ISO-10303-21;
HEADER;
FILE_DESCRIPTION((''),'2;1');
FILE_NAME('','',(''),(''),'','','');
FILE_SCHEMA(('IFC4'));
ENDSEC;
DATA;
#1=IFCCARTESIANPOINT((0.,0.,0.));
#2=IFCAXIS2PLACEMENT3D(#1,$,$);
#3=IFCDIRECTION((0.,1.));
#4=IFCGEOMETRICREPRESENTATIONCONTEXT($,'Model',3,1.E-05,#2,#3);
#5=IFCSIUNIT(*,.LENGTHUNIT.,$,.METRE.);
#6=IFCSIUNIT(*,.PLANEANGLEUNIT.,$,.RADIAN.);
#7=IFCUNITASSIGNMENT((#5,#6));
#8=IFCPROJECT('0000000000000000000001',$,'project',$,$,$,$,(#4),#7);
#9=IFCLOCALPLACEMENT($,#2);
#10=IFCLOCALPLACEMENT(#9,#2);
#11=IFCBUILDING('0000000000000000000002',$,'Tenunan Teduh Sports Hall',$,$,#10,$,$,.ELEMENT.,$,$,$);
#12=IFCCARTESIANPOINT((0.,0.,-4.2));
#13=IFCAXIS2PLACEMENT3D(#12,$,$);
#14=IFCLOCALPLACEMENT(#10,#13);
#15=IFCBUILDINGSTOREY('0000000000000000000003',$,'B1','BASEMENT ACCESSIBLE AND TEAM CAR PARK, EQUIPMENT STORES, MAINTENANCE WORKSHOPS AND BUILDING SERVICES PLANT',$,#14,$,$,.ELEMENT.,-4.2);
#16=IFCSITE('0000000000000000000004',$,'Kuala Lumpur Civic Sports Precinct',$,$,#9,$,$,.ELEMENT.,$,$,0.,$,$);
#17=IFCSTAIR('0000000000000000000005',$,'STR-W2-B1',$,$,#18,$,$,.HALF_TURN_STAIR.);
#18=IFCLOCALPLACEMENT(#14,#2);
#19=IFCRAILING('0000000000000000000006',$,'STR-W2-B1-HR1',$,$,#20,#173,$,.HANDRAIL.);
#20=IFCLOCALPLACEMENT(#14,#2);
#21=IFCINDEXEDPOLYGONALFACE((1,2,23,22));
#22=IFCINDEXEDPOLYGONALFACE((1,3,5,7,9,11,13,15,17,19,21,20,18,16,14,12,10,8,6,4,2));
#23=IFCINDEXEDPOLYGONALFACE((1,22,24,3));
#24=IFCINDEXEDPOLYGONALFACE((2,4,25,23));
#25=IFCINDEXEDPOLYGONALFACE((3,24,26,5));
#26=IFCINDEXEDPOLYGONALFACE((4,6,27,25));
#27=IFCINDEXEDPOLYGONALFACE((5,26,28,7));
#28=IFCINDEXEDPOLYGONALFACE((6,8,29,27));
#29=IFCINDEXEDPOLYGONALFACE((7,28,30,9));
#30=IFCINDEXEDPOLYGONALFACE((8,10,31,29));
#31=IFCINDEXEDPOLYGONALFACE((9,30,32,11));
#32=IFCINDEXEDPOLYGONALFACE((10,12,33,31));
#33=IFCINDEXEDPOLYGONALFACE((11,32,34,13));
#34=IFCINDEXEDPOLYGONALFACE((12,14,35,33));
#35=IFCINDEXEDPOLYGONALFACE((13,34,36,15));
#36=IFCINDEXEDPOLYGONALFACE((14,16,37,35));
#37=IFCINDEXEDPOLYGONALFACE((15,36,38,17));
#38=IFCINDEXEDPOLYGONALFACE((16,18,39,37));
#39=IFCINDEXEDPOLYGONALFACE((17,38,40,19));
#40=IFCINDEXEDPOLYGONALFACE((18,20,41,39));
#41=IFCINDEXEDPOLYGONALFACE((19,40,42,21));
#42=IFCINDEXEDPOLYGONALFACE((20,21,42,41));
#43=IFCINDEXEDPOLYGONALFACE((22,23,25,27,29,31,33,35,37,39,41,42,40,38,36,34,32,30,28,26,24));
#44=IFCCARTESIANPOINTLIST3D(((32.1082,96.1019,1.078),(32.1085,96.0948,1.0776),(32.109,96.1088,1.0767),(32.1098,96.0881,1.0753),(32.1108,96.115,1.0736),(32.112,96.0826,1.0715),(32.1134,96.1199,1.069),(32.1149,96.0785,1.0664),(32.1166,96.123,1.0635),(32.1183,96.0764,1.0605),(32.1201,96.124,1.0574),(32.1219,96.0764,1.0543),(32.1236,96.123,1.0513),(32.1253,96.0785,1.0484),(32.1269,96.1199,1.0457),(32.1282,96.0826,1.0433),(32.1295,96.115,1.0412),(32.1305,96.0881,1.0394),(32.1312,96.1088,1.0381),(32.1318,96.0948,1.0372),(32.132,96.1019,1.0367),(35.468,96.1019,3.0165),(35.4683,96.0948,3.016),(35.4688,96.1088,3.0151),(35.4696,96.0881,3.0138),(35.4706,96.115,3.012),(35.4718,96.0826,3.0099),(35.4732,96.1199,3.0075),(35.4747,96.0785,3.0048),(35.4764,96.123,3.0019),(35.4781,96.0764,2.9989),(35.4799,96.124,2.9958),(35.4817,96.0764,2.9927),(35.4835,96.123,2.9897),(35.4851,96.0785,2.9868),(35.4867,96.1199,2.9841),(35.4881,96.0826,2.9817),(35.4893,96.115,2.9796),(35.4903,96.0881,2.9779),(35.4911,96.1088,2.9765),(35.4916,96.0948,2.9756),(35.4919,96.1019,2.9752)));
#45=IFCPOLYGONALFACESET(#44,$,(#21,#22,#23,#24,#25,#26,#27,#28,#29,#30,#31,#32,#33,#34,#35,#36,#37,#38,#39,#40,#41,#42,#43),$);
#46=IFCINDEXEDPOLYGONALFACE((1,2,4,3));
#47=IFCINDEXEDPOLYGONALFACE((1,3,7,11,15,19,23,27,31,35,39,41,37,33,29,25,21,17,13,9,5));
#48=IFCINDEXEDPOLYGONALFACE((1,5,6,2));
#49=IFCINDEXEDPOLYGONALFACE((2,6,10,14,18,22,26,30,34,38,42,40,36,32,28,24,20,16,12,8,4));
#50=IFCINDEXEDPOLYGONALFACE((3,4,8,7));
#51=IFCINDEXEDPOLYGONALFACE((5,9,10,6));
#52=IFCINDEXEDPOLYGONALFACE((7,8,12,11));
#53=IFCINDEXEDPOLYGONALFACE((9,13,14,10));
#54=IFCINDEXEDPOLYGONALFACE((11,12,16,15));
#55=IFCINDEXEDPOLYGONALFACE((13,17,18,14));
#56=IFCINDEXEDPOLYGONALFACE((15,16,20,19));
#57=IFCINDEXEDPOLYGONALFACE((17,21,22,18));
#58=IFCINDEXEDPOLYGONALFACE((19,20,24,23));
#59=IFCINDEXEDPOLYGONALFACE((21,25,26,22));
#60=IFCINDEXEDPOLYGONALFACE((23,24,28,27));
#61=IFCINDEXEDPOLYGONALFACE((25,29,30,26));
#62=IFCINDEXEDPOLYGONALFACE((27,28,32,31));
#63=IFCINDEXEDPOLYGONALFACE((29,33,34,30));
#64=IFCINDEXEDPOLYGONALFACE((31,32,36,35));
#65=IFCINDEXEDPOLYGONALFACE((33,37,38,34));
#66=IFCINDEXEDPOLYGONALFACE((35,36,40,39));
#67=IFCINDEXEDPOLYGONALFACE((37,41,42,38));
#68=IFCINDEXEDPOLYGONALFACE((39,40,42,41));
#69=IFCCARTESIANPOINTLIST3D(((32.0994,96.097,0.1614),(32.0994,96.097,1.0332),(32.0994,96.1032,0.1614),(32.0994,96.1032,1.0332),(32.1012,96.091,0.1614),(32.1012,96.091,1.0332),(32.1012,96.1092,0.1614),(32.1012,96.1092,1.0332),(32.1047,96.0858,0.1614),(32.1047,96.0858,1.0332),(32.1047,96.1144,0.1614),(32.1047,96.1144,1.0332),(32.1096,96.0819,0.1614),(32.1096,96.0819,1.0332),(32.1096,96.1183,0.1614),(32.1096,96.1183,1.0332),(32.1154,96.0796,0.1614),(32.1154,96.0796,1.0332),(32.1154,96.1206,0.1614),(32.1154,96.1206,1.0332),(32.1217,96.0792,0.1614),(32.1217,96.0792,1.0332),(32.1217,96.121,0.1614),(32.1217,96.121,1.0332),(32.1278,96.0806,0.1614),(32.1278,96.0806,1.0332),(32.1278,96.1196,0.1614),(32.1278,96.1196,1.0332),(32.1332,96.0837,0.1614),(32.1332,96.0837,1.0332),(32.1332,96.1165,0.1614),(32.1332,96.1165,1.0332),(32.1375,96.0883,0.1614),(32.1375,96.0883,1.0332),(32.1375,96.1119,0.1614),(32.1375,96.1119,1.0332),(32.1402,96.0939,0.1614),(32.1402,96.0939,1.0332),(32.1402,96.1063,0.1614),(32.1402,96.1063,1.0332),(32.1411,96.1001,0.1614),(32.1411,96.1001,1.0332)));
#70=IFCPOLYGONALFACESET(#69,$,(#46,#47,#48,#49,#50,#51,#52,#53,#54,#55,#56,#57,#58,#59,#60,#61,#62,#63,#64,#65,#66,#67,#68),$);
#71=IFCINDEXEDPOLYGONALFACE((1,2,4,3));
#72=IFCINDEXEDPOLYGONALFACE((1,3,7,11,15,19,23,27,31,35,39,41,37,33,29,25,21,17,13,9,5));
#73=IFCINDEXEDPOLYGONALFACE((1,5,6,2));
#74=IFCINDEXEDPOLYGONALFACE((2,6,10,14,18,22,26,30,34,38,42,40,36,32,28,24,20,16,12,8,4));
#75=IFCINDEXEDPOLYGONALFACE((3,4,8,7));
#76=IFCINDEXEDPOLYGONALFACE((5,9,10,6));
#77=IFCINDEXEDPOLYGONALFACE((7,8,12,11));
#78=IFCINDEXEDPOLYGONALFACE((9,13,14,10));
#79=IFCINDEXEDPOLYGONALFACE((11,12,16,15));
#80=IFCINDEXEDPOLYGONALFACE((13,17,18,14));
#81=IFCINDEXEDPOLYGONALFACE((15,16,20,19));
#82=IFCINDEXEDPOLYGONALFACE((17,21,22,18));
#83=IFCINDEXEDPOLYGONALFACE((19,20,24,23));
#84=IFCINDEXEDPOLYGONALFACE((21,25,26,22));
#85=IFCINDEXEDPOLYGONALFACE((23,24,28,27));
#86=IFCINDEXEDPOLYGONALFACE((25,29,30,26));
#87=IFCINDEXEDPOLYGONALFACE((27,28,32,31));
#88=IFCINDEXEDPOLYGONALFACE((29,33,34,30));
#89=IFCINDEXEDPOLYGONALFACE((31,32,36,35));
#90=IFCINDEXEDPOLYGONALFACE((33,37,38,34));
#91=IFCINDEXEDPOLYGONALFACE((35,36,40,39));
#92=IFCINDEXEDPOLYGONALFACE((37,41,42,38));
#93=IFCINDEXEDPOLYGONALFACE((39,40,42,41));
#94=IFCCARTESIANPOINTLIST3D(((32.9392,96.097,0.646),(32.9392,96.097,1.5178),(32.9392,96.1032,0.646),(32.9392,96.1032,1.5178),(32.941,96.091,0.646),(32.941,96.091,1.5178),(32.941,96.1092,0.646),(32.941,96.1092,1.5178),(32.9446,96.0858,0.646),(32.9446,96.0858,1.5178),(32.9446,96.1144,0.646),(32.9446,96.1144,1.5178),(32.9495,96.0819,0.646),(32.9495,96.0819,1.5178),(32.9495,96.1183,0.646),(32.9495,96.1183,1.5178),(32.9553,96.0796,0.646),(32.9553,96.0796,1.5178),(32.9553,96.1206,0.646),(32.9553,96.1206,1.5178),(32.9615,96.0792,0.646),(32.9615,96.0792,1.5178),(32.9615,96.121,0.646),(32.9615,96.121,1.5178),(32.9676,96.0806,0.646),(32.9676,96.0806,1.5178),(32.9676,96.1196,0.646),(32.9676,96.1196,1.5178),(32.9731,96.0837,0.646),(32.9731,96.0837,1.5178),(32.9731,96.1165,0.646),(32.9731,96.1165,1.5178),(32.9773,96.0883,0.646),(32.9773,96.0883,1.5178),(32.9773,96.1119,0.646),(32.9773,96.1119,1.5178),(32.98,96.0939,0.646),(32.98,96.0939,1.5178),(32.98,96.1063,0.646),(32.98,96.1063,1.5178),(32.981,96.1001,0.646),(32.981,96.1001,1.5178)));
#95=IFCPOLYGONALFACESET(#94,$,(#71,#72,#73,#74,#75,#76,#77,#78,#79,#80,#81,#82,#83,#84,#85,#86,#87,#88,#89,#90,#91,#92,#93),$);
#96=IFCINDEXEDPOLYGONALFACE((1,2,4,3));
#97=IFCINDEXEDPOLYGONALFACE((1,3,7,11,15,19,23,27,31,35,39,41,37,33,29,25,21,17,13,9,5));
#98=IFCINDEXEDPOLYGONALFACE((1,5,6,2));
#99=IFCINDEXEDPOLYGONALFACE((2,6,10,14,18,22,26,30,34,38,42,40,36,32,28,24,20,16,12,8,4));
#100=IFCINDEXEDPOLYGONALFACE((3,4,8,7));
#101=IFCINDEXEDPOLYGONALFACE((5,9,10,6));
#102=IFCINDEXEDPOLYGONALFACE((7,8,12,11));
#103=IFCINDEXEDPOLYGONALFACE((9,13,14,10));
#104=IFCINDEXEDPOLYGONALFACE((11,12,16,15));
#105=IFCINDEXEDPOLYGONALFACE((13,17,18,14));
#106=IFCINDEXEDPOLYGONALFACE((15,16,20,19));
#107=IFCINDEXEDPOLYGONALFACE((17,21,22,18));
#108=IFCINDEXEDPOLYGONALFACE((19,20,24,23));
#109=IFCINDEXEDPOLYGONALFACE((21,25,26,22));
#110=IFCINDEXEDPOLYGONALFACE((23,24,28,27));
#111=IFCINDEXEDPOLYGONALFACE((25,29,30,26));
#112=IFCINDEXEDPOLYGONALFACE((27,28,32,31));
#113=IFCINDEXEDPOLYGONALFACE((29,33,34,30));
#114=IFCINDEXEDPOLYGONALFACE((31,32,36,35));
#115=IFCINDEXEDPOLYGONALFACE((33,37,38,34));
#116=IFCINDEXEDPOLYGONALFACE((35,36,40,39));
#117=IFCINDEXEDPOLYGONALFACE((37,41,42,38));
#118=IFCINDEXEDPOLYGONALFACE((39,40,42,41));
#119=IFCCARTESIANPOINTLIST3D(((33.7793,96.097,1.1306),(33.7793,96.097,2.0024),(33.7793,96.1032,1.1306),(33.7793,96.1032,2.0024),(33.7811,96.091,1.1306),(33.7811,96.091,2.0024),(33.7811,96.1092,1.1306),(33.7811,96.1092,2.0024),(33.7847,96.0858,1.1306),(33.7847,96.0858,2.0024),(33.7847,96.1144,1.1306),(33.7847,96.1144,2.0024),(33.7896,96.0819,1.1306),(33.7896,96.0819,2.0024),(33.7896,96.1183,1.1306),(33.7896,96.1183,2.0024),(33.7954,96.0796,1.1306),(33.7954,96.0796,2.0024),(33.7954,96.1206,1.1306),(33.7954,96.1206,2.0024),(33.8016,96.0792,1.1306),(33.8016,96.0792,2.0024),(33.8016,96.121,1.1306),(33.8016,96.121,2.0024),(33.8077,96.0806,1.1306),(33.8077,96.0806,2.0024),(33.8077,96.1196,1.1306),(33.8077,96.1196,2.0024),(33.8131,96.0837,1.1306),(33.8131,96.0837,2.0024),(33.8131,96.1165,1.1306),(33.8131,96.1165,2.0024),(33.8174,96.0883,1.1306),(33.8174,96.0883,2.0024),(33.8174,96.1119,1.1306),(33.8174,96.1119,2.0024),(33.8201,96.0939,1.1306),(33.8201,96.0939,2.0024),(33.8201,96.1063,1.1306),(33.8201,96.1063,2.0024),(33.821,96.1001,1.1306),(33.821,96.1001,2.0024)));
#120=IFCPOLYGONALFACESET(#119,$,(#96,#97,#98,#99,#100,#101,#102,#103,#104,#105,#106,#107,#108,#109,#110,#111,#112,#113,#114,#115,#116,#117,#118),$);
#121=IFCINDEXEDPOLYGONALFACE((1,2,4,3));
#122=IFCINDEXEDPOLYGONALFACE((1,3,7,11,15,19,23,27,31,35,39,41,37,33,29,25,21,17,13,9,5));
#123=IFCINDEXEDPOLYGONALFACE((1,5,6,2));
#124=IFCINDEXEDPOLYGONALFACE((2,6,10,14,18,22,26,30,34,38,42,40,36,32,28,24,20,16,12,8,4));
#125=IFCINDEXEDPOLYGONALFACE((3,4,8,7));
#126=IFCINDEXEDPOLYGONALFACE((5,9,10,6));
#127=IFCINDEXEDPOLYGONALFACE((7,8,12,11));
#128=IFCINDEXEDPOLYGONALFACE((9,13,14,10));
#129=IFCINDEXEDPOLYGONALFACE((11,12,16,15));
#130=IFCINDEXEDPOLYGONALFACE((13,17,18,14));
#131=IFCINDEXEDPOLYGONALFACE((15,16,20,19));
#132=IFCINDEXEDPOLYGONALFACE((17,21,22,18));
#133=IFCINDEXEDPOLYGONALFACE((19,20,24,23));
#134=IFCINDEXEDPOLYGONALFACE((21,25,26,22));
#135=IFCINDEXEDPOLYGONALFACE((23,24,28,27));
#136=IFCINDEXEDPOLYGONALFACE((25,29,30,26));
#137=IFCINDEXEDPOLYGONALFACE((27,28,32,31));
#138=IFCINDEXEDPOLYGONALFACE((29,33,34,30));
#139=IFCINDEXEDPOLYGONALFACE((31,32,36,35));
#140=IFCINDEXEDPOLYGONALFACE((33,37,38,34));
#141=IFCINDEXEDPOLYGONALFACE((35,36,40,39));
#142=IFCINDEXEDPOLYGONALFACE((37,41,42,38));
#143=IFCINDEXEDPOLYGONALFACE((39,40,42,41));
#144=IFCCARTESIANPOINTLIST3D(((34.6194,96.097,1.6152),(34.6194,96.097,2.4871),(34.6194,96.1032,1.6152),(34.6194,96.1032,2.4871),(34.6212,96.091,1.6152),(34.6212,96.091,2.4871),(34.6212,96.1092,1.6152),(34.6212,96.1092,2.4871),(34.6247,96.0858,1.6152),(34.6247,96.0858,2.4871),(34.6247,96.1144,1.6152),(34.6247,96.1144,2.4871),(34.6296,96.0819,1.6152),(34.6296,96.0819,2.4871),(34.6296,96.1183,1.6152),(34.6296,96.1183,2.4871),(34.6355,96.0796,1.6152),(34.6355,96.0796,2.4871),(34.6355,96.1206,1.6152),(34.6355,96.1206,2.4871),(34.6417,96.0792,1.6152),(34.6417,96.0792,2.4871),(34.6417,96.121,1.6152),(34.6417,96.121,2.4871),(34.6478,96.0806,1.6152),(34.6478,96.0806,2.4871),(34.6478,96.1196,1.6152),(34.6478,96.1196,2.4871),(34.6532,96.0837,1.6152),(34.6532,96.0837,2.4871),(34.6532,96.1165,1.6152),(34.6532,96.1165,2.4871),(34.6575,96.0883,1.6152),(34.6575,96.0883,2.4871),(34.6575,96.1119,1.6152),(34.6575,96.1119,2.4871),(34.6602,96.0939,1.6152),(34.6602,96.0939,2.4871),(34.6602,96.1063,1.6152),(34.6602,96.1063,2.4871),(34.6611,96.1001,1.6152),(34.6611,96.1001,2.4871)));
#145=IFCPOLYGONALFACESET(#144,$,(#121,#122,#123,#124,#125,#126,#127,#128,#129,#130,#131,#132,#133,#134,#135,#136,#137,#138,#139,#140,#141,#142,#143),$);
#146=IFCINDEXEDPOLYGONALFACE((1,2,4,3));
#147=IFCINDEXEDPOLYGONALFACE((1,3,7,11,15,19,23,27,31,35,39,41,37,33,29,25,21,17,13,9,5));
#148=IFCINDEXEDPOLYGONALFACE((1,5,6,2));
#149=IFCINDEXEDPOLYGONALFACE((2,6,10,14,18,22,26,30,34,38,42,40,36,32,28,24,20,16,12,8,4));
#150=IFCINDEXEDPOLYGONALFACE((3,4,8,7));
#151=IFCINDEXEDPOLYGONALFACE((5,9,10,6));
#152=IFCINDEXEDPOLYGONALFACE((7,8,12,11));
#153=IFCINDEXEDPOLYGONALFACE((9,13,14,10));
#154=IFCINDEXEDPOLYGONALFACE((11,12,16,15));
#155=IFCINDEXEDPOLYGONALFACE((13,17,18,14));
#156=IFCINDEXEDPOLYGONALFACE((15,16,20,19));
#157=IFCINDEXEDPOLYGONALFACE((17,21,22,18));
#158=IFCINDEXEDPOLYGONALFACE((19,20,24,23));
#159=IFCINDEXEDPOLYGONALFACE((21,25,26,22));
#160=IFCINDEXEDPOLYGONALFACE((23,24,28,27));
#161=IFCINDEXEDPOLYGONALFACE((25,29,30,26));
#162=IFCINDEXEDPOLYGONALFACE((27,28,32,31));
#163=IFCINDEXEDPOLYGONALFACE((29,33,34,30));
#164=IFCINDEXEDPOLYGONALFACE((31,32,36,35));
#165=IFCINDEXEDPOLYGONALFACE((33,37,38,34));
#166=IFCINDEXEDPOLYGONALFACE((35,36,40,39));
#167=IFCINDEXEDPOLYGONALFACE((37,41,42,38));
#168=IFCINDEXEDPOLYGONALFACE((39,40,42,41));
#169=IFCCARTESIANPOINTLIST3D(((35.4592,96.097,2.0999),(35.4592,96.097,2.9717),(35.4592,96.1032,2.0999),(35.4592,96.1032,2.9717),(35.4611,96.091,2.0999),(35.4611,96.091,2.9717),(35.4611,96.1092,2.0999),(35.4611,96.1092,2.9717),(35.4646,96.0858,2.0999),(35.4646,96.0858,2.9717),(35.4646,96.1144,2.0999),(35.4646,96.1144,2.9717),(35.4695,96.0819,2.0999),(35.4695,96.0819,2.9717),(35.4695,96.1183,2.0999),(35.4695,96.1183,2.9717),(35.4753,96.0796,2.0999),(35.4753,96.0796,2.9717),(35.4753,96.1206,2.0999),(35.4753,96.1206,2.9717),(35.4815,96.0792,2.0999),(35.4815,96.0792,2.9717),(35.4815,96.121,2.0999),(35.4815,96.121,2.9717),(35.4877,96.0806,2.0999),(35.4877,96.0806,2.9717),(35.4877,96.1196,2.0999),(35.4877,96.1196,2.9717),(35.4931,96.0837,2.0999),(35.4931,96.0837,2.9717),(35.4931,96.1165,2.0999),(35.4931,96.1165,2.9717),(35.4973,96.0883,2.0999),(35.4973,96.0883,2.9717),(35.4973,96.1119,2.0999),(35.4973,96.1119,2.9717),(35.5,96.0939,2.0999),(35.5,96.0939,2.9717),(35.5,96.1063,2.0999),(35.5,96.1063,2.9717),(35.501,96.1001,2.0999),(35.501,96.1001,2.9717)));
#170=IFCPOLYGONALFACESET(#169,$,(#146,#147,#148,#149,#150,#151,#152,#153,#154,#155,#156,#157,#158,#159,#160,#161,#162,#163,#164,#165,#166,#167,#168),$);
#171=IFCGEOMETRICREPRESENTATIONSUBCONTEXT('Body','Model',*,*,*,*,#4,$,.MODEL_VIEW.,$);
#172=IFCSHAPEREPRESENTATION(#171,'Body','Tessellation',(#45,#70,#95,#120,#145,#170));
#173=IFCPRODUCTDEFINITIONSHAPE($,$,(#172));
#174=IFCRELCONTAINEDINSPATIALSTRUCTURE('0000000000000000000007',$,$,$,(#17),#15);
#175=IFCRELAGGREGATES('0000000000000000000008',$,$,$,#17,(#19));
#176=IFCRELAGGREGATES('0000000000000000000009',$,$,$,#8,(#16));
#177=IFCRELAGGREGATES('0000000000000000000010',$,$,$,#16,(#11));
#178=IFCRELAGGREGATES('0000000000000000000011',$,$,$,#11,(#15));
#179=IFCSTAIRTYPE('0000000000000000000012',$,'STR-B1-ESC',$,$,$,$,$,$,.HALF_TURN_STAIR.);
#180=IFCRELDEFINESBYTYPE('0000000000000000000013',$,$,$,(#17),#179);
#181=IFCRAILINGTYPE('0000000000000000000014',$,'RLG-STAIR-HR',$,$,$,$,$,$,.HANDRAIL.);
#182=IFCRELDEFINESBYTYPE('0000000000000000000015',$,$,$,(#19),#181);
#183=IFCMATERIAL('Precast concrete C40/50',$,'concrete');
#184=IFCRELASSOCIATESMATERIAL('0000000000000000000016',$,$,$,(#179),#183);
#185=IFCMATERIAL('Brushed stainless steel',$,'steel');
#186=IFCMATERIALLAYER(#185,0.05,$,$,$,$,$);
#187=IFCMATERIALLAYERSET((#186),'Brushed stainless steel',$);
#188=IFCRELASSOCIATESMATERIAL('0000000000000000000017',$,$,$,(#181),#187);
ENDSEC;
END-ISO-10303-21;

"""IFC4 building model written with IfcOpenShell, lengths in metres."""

from ifc_helpers import new_model, si_unit, direction, frame, origin, origin_2d, place, context, subcontext, project, spatial, circle, extrude, material, layer, layer_set, type_object, element, aggregate, save


model = new_model("IFC4")

# Units and contexts
model_context = context("Model", 3, precision=1e-05, world=origin(), true_north=direction((0.0, 1.0)))
body_context = subcontext(model_context, "Body", "Model", "MODEL_VIEW")
ifc_project = project(units=[si_unit("LENGTHUNIT", "METRE"), si_unit("PLANEANGLEUNIT", "RADIAN")], contexts=[model_context])

# Site, building, storey
site_placement = place(None, origin())
site = spatial("IfcSite", under=ifc_project, at=site_placement, Name="Kuala Lumpur Civic Sports Precinct", CompositionType="ELEMENT", RefElevation=0.0)
building_placement = place(site_placement, origin())
building = spatial("IfcBuilding", under=site, at=building_placement, Name="Tenunan Teduh Sports Hall", CompositionType="ELEMENT")
storey_placement = place(building_placement, frame((0.0, 0.0, -4.2)))
storey = spatial("IfcBuildingStorey", under=building, at=storey_placement, Name="B1", Description="BASEMENT ACCESSIBLE AND TEAM CAR PARK, EQUIPMENT STORES, MAINTENANCE WORKSHOPS AND BUILDING SERVICES PLANT", CompositionType="ELEMENT", Elevation=-4.2)

# Stair
ifc_material_1 = material(Name="Precast concrete C40/50", Category="concrete")
stair_type = type_object("IfcStairType", Name="STR-B1-ESC", PredefinedType="HALF_TURN_STAIR", material=ifc_material_1)
stair_placement = place(storey_placement, origin())
stair = element("IfcStair", 1, at=stair_placement, inside=storey, type_object=stair_type, Name="STR-W2-B1", PredefinedType="HALF_TURN_STAIR")

# Railing
ifc_material_2 = material(Name="Brushed stainless steel", Category="steel")
ifc_layer_1 = layer(ifc_material_2, 0.05)
ifc_layer_set_1 = layer_set([ifc_layer_1], Name="Brushed stainless steel")
railing_type_1 = type_object("IfcRailingType", Name="RLG-STAIR-HR", PredefinedType="HANDRAIL", material=ifc_layer_set_1)
railing_1_placement = place(storey_placement, frame((32.1201, 96.1001, 0.1614)))
railing_1 = element("IfcRailing", 2, at=railing_1_placement, type_object=railing_type_1, Name="STR-W2-B1-HR1", PredefinedType="HANDRAIL", context=body_context, shape_type="SweptSolid", body=[
    extrude(circle(Radius=0.0239, at=origin_2d()), frame((0.0, 0.0, 0.896), z_axis=(0.866175, 0.0, 0.499741), x_axis=(0.0, 1.0, 0.0)), (0.0, 0.0, 1.0), 3.8789),
    extrude(circle(Radius=0.021, at=origin_2d()), origin(), (0.0, 0.0, 1.0), 0.8718),
    extrude(circle(Radius=0.021, at=origin_2d()), frame((0.8398, 0.0, 0.4846)), (0.0, 0.0, 1.0), 0.8718),
    extrude(circle(Radius=0.021, at=origin_2d()), frame((1.6799, 0.0, 0.9692)), (0.0, 0.0, 1.0), 0.8718),
    extrude(circle(Radius=0.021, at=origin_2d()), frame((2.52, 0.0, 1.4539)), (0.0, 0.0, 1.0), 0.8718),
    extrude(circle(Radius=0.021, at=origin_2d()), frame((3.3599, 0.0, 1.9385)), (0.0, 0.0, 1.0), 0.8718),
])
aggregate(stair, [railing_1])

save(model, "model.ifc")
